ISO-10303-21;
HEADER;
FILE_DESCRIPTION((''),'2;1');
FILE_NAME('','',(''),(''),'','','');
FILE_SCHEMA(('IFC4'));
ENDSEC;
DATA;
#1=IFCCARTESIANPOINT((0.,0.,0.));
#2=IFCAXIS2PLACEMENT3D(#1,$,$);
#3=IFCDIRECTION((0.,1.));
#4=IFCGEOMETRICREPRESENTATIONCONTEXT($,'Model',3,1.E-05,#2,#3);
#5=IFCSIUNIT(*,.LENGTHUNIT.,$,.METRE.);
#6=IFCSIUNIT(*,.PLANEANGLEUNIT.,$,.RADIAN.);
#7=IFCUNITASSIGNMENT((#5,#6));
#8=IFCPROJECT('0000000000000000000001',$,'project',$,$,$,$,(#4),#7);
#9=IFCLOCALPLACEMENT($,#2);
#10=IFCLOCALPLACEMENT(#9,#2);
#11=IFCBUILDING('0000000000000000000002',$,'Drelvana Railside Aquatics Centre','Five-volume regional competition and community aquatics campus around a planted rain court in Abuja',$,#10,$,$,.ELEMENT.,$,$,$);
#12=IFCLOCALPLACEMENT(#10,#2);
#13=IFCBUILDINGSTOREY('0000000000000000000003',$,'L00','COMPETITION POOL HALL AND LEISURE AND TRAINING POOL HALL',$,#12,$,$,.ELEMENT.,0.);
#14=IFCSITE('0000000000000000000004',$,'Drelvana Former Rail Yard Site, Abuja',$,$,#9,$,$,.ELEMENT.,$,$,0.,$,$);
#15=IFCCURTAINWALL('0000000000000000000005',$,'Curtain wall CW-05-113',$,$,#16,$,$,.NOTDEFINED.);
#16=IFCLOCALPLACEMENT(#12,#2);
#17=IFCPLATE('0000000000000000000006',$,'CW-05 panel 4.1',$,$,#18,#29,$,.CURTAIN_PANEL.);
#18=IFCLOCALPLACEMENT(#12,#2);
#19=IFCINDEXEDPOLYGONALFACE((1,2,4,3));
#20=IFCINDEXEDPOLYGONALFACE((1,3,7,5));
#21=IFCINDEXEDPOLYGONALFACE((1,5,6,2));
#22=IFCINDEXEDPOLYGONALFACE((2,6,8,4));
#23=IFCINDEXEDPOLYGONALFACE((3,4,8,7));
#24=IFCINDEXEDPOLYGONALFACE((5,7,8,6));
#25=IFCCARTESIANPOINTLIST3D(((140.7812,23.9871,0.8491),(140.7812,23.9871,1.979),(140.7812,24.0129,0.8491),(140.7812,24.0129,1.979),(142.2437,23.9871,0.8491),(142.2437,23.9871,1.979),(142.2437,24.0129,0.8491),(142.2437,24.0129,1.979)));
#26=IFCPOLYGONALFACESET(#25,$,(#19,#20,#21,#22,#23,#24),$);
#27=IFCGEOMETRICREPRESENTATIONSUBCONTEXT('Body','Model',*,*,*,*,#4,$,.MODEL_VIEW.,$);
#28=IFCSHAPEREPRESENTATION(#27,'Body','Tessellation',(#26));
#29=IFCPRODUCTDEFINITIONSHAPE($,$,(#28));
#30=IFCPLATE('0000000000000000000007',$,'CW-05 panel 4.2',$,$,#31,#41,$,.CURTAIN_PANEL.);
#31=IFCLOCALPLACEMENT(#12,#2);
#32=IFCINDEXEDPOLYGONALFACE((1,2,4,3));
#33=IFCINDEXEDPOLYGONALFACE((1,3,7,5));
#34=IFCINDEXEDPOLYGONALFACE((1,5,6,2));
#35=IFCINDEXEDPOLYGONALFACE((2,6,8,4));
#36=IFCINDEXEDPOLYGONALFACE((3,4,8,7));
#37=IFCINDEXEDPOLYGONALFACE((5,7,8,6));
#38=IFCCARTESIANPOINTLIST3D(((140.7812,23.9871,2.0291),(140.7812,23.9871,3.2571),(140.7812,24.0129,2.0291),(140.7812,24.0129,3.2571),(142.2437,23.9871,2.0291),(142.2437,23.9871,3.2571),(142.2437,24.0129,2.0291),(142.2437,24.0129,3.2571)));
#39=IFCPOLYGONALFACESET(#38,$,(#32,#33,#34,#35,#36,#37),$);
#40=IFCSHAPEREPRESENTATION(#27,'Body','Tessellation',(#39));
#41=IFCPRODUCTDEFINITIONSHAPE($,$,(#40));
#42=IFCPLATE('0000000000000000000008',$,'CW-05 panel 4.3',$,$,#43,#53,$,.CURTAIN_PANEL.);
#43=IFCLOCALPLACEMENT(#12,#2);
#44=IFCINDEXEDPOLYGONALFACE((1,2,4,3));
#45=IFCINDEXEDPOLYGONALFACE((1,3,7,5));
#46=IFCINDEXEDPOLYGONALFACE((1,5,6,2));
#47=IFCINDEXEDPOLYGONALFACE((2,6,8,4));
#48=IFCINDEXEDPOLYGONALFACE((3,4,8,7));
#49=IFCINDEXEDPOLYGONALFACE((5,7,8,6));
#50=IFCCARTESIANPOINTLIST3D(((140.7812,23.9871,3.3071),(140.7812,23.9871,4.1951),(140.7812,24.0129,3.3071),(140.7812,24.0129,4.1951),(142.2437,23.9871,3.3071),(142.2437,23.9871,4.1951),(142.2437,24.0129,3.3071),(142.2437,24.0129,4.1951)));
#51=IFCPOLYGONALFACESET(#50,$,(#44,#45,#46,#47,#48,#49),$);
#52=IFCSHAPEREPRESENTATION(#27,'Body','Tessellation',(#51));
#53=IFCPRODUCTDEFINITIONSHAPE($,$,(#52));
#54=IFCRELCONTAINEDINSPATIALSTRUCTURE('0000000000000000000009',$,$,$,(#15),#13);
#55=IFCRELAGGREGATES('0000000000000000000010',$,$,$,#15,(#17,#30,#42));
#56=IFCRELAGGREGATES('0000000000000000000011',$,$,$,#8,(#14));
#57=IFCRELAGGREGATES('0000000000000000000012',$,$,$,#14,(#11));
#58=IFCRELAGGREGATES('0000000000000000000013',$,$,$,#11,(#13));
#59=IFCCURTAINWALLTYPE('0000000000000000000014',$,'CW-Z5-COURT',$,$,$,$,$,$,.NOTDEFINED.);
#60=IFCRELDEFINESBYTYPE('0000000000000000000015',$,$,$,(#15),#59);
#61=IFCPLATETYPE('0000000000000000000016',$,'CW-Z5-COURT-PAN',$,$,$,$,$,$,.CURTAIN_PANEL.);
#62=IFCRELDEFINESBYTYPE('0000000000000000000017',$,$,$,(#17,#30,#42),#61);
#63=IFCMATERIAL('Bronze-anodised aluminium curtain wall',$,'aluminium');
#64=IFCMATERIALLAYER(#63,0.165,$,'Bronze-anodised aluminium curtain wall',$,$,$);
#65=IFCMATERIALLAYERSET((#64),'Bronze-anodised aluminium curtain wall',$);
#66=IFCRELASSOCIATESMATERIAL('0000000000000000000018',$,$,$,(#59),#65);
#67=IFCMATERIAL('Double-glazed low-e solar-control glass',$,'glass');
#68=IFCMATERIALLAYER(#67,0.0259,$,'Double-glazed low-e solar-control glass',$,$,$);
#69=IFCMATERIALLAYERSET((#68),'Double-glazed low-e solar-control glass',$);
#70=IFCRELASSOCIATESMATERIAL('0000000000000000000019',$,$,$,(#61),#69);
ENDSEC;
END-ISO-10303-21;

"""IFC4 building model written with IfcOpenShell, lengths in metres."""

from ifc_helpers import new_model, si_unit, direction, frame, origin, origin_2d, place, context, subcontext, project, spatial, rectangle, extrude, material, layer, layer_set, type_object, element, aggregate, save


model = new_model("IFC4")

# Units and contexts
model_context = context("Model", 3, precision=1e-05, world=origin(), true_north=direction((0.0, 1.0)))
body_context = subcontext(model_context, "Body", "Model", "MODEL_VIEW")
ifc_project = project(units=[si_unit("LENGTHUNIT", "METRE"), si_unit("PLANEANGLEUNIT", "RADIAN")], contexts=[model_context])

# Site, building, storey
site_placement = place(None, origin())
site = spatial("IfcSite", under=ifc_project, at=site_placement, Name="Drelvana Former Rail Yard Site, Abuja", CompositionType="ELEMENT", RefElevation=0.0)
building_placement = place(site_placement, origin())
building = spatial("IfcBuilding", under=site, at=building_placement, Name="Drelvana Railside Aquatics Centre", Description="Five-volume regional competition and community aquatics campus around a planted rain court in Abuja", CompositionType="ELEMENT")
storey_placement = place(building_placement, origin())
storey = spatial("IfcBuildingStorey", under=building, at=storey_placement, Name="L00", Description="COMPETITION POOL HALL AND LEISURE AND TRAINING POOL HALL", CompositionType="ELEMENT", Elevation=0.0)

# Curtain wall, plates
ifc_material_1 = material(Name="Bronze-anodised aluminium curtain wall", Category="aluminium")
ifc_layer_1 = layer(ifc_material_1, 0.165, Name="Bronze-anodised aluminium curtain wall")
ifc_layer_set_1 = layer_set([ifc_layer_1], Name="Bronze-anodised aluminium curtain wall")
curtain_wall_type = type_object("IfcCurtainWallType", Name="CW-Z5-COURT", PredefinedType="NOTDEFINED", material=ifc_layer_set_1)
curtain_wall_placement = place(storey_placement, origin())
curtain_wall = element("IfcCurtainWall", 1, at=curtain_wall_placement, inside=storey, type_object=curtain_wall_type, Name="Curtain wall CW-05-113", PredefinedType="NOTDEFINED")
ifc_material_2 = material(Name="Double-glazed low-e solar-control glass", Category="glass")
ifc_layer_2 = layer(ifc_material_2, 0.0259, Name="Double-glazed low-e solar-control glass")
ifc_layer_set_2 = layer_set([ifc_layer_2], Name="Double-glazed low-e solar-control glass")
plate_type = type_object("IfcPlateType", Name="CW-Z5-COURT-PAN", PredefinedType="CURTAIN_PANEL", material=ifc_layer_set_2)
plate_1_placement = place(storey_placement, frame((141.5125, 24.0, 0.8491), z_axis=(0.0, 0.0, 1.0), x_axis=(1.0, 0.0, 0.0)))
plate_1 = element("IfcPlate", 2, at=plate_1_placement, type_object=plate_type, Name="CW-05 panel 4.1", PredefinedType="CURTAIN_PANEL", context=body_context, shape_type="SweptSolid", body=[
    extrude(rectangle(XDim=1.4624, YDim=0.0259, at=origin_2d()), origin(), (0.0, 0.0, 1.0), 1.1299),
])
plate_2_placement = place(storey_placement, frame((141.5125, 24.0, 2.0291), z_axis=(0.0, 0.0, 1.0), x_axis=(1.0, 0.0, 0.0)))
plate_2 = element("IfcPlate", 3, at=plate_2_placement, type_object=plate_type, Name="CW-05 panel 4.2", PredefinedType="CURTAIN_PANEL", context=body_context, shape_type="SweptSolid", body=[
    extrude(rectangle(XDim=1.4624, YDim=0.0259, at=origin_2d()), origin(), (0.0, 0.0, 1.0), 1.228),
])
plate_3_placement = place(storey_placement, frame((141.5125, 24.0, 3.3071), z_axis=(0.0, 0.0, 1.0), x_axis=(1.0, 0.0, 0.0)))
plate_3 = element("IfcPlate", 4, at=plate_3_placement, type_object=plate_type, Name="CW-05 panel 4.3", PredefinedType="CURTAIN_PANEL", context=body_context, shape_type="SweptSolid", body=[
    extrude(rectangle(XDim=1.4624, YDim=0.0259, at=origin_2d()), origin(), (0.0, 0.0, 1.0), 0.8879),
])
aggregate(curtain_wall, [plate_1, plate_2, plate_3])

save(model, "model.ifc")
